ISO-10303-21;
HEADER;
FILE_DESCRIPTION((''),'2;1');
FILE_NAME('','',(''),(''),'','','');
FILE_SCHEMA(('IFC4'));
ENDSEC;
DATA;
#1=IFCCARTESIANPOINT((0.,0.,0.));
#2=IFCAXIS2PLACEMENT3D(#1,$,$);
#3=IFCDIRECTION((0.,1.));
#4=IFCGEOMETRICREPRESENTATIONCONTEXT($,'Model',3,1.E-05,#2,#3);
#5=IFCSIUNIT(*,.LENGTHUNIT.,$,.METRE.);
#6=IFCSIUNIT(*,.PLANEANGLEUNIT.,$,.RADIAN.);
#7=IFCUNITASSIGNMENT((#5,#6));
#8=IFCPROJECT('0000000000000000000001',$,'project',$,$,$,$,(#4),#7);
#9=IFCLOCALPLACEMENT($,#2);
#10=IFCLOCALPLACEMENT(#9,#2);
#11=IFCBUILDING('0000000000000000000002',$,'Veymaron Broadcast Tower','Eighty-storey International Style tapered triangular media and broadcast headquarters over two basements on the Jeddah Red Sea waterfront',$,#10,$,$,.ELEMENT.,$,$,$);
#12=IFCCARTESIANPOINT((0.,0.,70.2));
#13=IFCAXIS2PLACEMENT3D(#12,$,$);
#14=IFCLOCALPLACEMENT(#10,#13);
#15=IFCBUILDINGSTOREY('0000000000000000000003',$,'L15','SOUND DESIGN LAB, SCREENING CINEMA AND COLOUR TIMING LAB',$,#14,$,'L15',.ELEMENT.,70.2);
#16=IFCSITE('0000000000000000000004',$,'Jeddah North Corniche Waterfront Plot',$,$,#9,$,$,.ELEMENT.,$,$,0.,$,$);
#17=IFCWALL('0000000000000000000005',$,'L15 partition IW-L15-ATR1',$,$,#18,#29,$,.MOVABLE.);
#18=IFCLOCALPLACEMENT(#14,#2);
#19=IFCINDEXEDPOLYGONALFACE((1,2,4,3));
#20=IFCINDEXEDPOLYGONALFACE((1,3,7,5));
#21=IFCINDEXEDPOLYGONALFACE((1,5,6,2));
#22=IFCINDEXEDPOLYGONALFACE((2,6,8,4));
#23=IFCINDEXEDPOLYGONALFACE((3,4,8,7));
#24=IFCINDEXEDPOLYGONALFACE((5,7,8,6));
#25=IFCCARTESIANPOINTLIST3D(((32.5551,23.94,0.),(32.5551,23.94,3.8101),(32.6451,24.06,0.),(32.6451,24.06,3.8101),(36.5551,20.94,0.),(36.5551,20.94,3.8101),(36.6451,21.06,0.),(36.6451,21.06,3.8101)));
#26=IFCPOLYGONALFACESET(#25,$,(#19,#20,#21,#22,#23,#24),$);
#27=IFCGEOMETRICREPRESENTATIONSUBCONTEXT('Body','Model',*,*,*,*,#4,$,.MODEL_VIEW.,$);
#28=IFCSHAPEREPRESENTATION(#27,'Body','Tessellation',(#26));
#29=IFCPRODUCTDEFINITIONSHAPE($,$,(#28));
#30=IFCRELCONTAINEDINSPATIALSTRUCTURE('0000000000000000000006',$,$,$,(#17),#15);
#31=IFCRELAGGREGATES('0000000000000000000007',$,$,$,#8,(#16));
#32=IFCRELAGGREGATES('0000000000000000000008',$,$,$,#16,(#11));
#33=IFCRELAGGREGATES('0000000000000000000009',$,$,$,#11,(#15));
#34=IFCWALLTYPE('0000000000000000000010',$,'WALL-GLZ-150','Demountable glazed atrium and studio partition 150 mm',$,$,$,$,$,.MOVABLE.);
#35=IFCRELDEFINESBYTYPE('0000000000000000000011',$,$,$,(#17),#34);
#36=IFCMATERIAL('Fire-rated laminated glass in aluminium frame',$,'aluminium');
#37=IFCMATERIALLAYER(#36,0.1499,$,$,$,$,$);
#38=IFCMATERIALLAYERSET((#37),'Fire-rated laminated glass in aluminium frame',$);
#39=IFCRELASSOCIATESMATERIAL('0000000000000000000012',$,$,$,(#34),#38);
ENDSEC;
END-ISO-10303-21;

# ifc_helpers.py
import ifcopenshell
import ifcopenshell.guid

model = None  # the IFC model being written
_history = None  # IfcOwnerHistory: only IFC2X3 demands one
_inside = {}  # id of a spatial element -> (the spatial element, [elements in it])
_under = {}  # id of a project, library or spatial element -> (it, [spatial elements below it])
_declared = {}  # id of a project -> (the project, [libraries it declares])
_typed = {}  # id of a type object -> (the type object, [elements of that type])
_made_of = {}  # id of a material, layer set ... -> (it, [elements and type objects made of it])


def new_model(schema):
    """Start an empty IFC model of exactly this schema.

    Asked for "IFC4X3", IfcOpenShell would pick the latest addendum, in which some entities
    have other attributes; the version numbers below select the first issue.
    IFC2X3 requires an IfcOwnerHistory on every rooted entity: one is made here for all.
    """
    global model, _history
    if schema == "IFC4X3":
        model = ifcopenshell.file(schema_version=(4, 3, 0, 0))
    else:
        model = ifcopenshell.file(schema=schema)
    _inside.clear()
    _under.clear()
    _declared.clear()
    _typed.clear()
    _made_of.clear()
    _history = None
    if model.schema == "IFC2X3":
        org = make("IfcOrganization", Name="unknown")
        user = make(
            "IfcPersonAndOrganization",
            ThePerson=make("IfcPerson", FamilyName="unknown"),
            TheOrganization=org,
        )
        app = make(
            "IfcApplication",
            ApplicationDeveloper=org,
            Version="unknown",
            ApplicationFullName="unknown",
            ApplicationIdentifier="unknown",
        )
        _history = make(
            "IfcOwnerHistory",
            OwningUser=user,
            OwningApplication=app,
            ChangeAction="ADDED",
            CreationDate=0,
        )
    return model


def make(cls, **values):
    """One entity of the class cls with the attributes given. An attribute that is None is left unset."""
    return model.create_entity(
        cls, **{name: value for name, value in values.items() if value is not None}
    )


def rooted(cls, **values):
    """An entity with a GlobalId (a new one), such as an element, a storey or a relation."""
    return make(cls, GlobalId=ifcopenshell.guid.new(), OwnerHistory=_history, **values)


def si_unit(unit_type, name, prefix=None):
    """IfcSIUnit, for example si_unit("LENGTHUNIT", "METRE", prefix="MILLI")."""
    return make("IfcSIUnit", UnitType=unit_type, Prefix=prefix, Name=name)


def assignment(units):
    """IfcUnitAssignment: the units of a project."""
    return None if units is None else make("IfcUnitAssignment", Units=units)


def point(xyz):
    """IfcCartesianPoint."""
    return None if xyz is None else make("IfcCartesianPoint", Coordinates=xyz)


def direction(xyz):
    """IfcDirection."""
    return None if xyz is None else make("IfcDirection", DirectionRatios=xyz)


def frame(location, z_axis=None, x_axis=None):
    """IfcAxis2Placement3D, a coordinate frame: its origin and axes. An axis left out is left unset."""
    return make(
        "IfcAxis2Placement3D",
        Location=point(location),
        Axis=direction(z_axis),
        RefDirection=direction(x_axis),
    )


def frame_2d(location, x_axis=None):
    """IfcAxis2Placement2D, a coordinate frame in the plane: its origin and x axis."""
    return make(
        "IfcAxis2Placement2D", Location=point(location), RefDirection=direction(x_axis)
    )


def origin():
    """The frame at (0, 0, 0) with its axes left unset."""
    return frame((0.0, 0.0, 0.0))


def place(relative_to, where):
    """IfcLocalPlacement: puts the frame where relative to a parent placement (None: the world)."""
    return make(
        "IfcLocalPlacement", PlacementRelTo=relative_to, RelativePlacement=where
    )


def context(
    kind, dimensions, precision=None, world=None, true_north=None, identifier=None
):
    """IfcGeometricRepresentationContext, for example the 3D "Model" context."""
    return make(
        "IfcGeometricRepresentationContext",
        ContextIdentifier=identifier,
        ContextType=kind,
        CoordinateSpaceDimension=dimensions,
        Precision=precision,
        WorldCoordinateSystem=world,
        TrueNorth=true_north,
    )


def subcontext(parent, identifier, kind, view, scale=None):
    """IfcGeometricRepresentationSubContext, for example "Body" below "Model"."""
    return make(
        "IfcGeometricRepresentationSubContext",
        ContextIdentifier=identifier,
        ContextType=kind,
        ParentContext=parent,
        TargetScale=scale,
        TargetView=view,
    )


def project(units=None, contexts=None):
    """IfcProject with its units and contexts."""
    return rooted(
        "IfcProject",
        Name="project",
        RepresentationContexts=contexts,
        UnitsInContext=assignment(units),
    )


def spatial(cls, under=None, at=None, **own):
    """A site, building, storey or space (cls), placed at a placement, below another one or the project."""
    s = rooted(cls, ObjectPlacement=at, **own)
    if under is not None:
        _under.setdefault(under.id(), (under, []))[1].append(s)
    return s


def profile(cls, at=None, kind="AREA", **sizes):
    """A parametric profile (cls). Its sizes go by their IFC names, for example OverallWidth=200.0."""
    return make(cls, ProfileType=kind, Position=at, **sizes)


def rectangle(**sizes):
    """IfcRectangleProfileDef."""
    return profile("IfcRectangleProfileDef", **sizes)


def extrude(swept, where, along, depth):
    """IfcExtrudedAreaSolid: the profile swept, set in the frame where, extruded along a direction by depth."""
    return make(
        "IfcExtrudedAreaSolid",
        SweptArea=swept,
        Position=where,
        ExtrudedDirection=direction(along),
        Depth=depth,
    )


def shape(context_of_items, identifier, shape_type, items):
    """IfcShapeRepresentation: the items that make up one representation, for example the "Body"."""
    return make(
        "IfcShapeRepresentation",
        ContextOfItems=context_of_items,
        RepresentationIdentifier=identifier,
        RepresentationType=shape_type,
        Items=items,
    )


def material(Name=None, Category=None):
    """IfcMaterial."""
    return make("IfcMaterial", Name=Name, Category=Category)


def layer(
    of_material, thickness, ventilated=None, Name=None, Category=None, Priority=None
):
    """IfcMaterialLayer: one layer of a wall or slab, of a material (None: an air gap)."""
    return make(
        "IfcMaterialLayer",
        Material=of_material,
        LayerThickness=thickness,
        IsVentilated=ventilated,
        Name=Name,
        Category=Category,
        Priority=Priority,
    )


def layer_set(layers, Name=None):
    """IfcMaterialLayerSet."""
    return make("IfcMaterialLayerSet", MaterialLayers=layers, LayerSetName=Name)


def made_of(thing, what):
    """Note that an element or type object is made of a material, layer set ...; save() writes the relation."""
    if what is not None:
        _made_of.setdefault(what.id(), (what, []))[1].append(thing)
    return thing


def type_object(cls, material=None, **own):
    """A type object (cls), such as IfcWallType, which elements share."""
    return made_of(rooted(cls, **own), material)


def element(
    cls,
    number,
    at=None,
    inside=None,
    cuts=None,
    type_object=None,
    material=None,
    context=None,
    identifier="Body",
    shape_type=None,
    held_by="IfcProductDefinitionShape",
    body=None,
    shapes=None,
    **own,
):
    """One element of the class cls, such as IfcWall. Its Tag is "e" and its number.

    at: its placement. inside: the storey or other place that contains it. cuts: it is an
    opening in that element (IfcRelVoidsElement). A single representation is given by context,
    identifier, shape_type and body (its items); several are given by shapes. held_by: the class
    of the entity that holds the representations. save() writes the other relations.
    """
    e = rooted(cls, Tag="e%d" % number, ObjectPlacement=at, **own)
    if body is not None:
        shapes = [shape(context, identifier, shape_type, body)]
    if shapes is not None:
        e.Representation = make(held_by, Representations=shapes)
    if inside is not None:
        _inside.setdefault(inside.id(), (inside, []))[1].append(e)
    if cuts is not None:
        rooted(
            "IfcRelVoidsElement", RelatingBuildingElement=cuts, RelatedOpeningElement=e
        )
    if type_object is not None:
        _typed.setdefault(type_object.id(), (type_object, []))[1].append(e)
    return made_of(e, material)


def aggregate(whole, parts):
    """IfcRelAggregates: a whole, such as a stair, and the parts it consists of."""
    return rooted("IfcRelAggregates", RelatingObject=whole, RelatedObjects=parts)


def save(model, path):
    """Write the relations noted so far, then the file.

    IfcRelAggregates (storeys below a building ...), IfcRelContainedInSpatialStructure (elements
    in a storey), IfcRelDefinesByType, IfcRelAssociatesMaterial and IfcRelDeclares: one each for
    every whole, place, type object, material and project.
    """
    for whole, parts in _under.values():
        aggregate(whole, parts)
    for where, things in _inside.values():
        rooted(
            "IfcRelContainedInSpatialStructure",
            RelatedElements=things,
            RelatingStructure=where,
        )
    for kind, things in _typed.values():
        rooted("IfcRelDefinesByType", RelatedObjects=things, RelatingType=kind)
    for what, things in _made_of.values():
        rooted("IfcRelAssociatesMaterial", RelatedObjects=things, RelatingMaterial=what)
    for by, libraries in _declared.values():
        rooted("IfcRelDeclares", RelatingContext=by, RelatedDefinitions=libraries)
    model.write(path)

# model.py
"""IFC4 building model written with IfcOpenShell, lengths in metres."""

from ifc_helpers import new_model, si_unit, direction, frame, frame_2d, origin, place, context, subcontext, project, spatial, rectangle, extrude, material, layer, layer_set, type_object, element, save


model = new_model("IFC4")

# Units and contexts
model_context = context("Model", 3, precision=1e-05, world=origin(), true_north=direction((0.0, 1.0)))
body_context = subcontext(model_context, "Body", "Model", "MODEL_VIEW")
ifc_project = project(units=[si_unit("LENGTHUNIT", "METRE"), si_unit("PLANEANGLEUNIT", "RADIAN")], contexts=[model_context])

# Site, building, storey
site_placement = place(None, origin())
site = spatial("IfcSite", under=ifc_project, at=site_placement, Name="Jeddah North Corniche Waterfront Plot", CompositionType="ELEMENT", RefElevation=0.0)
building_placement = place(site_placement, origin())
building = spatial("IfcBuilding", under=site, at=building_placement, Name="Veymaron Broadcast Tower", Description="Eighty-storey International Style tapered triangular media and broadcast headquarters over two basements on the Jeddah Red Sea waterfront", CompositionType="ELEMENT")
storey_placement = place(building_placement, frame((0.0, 0.0, 70.2)))
storey = spatial("IfcBuildingStorey", under=building, at=storey_placement, Name="L15", Description="SOUND DESIGN LAB, SCREENING CINEMA AND COLOUR TIMING LAB", LongName="L15", CompositionType="ELEMENT", Elevation=70.2)

# Wall
ifc_material_1 = material(Name="Fire-rated laminated glass in aluminium frame", Category="aluminium")
ifc_layer_1 = layer(ifc_material_1, 0.1499)
ifc_layer_set_1 = layer_set([ifc_layer_1], Name="Fire-rated laminated glass in aluminium frame")
wall_type_1 = type_object("IfcWallType", Name="WALL-GLZ-150", Description="Demountable glazed atrium and studio partition 150 mm", PredefinedType="MOVABLE", material=ifc_layer_set_1)
wall_1_placement = place(storey_placement, frame((32.6001, 24.0, 0.0), z_axis=(0.0, 0.0, 1.0), x_axis=(0.8, -0.6, 0.0)))
element("IfcWall", 1, at=wall_1_placement, inside=storey, type_object=wall_type_1, Name="L15 partition IW-L15-ATR1", PredefinedType="MOVABLE", context=body_context, shape_type="SweptSolid", body=[
    extrude(rectangle(XDim=5.0, YDim=0.1499, at=frame_2d((2.5, 0.0))), origin(), (0.0, 0.0, 1.0), 3.8101),
])

save(model, "model.ifc")
